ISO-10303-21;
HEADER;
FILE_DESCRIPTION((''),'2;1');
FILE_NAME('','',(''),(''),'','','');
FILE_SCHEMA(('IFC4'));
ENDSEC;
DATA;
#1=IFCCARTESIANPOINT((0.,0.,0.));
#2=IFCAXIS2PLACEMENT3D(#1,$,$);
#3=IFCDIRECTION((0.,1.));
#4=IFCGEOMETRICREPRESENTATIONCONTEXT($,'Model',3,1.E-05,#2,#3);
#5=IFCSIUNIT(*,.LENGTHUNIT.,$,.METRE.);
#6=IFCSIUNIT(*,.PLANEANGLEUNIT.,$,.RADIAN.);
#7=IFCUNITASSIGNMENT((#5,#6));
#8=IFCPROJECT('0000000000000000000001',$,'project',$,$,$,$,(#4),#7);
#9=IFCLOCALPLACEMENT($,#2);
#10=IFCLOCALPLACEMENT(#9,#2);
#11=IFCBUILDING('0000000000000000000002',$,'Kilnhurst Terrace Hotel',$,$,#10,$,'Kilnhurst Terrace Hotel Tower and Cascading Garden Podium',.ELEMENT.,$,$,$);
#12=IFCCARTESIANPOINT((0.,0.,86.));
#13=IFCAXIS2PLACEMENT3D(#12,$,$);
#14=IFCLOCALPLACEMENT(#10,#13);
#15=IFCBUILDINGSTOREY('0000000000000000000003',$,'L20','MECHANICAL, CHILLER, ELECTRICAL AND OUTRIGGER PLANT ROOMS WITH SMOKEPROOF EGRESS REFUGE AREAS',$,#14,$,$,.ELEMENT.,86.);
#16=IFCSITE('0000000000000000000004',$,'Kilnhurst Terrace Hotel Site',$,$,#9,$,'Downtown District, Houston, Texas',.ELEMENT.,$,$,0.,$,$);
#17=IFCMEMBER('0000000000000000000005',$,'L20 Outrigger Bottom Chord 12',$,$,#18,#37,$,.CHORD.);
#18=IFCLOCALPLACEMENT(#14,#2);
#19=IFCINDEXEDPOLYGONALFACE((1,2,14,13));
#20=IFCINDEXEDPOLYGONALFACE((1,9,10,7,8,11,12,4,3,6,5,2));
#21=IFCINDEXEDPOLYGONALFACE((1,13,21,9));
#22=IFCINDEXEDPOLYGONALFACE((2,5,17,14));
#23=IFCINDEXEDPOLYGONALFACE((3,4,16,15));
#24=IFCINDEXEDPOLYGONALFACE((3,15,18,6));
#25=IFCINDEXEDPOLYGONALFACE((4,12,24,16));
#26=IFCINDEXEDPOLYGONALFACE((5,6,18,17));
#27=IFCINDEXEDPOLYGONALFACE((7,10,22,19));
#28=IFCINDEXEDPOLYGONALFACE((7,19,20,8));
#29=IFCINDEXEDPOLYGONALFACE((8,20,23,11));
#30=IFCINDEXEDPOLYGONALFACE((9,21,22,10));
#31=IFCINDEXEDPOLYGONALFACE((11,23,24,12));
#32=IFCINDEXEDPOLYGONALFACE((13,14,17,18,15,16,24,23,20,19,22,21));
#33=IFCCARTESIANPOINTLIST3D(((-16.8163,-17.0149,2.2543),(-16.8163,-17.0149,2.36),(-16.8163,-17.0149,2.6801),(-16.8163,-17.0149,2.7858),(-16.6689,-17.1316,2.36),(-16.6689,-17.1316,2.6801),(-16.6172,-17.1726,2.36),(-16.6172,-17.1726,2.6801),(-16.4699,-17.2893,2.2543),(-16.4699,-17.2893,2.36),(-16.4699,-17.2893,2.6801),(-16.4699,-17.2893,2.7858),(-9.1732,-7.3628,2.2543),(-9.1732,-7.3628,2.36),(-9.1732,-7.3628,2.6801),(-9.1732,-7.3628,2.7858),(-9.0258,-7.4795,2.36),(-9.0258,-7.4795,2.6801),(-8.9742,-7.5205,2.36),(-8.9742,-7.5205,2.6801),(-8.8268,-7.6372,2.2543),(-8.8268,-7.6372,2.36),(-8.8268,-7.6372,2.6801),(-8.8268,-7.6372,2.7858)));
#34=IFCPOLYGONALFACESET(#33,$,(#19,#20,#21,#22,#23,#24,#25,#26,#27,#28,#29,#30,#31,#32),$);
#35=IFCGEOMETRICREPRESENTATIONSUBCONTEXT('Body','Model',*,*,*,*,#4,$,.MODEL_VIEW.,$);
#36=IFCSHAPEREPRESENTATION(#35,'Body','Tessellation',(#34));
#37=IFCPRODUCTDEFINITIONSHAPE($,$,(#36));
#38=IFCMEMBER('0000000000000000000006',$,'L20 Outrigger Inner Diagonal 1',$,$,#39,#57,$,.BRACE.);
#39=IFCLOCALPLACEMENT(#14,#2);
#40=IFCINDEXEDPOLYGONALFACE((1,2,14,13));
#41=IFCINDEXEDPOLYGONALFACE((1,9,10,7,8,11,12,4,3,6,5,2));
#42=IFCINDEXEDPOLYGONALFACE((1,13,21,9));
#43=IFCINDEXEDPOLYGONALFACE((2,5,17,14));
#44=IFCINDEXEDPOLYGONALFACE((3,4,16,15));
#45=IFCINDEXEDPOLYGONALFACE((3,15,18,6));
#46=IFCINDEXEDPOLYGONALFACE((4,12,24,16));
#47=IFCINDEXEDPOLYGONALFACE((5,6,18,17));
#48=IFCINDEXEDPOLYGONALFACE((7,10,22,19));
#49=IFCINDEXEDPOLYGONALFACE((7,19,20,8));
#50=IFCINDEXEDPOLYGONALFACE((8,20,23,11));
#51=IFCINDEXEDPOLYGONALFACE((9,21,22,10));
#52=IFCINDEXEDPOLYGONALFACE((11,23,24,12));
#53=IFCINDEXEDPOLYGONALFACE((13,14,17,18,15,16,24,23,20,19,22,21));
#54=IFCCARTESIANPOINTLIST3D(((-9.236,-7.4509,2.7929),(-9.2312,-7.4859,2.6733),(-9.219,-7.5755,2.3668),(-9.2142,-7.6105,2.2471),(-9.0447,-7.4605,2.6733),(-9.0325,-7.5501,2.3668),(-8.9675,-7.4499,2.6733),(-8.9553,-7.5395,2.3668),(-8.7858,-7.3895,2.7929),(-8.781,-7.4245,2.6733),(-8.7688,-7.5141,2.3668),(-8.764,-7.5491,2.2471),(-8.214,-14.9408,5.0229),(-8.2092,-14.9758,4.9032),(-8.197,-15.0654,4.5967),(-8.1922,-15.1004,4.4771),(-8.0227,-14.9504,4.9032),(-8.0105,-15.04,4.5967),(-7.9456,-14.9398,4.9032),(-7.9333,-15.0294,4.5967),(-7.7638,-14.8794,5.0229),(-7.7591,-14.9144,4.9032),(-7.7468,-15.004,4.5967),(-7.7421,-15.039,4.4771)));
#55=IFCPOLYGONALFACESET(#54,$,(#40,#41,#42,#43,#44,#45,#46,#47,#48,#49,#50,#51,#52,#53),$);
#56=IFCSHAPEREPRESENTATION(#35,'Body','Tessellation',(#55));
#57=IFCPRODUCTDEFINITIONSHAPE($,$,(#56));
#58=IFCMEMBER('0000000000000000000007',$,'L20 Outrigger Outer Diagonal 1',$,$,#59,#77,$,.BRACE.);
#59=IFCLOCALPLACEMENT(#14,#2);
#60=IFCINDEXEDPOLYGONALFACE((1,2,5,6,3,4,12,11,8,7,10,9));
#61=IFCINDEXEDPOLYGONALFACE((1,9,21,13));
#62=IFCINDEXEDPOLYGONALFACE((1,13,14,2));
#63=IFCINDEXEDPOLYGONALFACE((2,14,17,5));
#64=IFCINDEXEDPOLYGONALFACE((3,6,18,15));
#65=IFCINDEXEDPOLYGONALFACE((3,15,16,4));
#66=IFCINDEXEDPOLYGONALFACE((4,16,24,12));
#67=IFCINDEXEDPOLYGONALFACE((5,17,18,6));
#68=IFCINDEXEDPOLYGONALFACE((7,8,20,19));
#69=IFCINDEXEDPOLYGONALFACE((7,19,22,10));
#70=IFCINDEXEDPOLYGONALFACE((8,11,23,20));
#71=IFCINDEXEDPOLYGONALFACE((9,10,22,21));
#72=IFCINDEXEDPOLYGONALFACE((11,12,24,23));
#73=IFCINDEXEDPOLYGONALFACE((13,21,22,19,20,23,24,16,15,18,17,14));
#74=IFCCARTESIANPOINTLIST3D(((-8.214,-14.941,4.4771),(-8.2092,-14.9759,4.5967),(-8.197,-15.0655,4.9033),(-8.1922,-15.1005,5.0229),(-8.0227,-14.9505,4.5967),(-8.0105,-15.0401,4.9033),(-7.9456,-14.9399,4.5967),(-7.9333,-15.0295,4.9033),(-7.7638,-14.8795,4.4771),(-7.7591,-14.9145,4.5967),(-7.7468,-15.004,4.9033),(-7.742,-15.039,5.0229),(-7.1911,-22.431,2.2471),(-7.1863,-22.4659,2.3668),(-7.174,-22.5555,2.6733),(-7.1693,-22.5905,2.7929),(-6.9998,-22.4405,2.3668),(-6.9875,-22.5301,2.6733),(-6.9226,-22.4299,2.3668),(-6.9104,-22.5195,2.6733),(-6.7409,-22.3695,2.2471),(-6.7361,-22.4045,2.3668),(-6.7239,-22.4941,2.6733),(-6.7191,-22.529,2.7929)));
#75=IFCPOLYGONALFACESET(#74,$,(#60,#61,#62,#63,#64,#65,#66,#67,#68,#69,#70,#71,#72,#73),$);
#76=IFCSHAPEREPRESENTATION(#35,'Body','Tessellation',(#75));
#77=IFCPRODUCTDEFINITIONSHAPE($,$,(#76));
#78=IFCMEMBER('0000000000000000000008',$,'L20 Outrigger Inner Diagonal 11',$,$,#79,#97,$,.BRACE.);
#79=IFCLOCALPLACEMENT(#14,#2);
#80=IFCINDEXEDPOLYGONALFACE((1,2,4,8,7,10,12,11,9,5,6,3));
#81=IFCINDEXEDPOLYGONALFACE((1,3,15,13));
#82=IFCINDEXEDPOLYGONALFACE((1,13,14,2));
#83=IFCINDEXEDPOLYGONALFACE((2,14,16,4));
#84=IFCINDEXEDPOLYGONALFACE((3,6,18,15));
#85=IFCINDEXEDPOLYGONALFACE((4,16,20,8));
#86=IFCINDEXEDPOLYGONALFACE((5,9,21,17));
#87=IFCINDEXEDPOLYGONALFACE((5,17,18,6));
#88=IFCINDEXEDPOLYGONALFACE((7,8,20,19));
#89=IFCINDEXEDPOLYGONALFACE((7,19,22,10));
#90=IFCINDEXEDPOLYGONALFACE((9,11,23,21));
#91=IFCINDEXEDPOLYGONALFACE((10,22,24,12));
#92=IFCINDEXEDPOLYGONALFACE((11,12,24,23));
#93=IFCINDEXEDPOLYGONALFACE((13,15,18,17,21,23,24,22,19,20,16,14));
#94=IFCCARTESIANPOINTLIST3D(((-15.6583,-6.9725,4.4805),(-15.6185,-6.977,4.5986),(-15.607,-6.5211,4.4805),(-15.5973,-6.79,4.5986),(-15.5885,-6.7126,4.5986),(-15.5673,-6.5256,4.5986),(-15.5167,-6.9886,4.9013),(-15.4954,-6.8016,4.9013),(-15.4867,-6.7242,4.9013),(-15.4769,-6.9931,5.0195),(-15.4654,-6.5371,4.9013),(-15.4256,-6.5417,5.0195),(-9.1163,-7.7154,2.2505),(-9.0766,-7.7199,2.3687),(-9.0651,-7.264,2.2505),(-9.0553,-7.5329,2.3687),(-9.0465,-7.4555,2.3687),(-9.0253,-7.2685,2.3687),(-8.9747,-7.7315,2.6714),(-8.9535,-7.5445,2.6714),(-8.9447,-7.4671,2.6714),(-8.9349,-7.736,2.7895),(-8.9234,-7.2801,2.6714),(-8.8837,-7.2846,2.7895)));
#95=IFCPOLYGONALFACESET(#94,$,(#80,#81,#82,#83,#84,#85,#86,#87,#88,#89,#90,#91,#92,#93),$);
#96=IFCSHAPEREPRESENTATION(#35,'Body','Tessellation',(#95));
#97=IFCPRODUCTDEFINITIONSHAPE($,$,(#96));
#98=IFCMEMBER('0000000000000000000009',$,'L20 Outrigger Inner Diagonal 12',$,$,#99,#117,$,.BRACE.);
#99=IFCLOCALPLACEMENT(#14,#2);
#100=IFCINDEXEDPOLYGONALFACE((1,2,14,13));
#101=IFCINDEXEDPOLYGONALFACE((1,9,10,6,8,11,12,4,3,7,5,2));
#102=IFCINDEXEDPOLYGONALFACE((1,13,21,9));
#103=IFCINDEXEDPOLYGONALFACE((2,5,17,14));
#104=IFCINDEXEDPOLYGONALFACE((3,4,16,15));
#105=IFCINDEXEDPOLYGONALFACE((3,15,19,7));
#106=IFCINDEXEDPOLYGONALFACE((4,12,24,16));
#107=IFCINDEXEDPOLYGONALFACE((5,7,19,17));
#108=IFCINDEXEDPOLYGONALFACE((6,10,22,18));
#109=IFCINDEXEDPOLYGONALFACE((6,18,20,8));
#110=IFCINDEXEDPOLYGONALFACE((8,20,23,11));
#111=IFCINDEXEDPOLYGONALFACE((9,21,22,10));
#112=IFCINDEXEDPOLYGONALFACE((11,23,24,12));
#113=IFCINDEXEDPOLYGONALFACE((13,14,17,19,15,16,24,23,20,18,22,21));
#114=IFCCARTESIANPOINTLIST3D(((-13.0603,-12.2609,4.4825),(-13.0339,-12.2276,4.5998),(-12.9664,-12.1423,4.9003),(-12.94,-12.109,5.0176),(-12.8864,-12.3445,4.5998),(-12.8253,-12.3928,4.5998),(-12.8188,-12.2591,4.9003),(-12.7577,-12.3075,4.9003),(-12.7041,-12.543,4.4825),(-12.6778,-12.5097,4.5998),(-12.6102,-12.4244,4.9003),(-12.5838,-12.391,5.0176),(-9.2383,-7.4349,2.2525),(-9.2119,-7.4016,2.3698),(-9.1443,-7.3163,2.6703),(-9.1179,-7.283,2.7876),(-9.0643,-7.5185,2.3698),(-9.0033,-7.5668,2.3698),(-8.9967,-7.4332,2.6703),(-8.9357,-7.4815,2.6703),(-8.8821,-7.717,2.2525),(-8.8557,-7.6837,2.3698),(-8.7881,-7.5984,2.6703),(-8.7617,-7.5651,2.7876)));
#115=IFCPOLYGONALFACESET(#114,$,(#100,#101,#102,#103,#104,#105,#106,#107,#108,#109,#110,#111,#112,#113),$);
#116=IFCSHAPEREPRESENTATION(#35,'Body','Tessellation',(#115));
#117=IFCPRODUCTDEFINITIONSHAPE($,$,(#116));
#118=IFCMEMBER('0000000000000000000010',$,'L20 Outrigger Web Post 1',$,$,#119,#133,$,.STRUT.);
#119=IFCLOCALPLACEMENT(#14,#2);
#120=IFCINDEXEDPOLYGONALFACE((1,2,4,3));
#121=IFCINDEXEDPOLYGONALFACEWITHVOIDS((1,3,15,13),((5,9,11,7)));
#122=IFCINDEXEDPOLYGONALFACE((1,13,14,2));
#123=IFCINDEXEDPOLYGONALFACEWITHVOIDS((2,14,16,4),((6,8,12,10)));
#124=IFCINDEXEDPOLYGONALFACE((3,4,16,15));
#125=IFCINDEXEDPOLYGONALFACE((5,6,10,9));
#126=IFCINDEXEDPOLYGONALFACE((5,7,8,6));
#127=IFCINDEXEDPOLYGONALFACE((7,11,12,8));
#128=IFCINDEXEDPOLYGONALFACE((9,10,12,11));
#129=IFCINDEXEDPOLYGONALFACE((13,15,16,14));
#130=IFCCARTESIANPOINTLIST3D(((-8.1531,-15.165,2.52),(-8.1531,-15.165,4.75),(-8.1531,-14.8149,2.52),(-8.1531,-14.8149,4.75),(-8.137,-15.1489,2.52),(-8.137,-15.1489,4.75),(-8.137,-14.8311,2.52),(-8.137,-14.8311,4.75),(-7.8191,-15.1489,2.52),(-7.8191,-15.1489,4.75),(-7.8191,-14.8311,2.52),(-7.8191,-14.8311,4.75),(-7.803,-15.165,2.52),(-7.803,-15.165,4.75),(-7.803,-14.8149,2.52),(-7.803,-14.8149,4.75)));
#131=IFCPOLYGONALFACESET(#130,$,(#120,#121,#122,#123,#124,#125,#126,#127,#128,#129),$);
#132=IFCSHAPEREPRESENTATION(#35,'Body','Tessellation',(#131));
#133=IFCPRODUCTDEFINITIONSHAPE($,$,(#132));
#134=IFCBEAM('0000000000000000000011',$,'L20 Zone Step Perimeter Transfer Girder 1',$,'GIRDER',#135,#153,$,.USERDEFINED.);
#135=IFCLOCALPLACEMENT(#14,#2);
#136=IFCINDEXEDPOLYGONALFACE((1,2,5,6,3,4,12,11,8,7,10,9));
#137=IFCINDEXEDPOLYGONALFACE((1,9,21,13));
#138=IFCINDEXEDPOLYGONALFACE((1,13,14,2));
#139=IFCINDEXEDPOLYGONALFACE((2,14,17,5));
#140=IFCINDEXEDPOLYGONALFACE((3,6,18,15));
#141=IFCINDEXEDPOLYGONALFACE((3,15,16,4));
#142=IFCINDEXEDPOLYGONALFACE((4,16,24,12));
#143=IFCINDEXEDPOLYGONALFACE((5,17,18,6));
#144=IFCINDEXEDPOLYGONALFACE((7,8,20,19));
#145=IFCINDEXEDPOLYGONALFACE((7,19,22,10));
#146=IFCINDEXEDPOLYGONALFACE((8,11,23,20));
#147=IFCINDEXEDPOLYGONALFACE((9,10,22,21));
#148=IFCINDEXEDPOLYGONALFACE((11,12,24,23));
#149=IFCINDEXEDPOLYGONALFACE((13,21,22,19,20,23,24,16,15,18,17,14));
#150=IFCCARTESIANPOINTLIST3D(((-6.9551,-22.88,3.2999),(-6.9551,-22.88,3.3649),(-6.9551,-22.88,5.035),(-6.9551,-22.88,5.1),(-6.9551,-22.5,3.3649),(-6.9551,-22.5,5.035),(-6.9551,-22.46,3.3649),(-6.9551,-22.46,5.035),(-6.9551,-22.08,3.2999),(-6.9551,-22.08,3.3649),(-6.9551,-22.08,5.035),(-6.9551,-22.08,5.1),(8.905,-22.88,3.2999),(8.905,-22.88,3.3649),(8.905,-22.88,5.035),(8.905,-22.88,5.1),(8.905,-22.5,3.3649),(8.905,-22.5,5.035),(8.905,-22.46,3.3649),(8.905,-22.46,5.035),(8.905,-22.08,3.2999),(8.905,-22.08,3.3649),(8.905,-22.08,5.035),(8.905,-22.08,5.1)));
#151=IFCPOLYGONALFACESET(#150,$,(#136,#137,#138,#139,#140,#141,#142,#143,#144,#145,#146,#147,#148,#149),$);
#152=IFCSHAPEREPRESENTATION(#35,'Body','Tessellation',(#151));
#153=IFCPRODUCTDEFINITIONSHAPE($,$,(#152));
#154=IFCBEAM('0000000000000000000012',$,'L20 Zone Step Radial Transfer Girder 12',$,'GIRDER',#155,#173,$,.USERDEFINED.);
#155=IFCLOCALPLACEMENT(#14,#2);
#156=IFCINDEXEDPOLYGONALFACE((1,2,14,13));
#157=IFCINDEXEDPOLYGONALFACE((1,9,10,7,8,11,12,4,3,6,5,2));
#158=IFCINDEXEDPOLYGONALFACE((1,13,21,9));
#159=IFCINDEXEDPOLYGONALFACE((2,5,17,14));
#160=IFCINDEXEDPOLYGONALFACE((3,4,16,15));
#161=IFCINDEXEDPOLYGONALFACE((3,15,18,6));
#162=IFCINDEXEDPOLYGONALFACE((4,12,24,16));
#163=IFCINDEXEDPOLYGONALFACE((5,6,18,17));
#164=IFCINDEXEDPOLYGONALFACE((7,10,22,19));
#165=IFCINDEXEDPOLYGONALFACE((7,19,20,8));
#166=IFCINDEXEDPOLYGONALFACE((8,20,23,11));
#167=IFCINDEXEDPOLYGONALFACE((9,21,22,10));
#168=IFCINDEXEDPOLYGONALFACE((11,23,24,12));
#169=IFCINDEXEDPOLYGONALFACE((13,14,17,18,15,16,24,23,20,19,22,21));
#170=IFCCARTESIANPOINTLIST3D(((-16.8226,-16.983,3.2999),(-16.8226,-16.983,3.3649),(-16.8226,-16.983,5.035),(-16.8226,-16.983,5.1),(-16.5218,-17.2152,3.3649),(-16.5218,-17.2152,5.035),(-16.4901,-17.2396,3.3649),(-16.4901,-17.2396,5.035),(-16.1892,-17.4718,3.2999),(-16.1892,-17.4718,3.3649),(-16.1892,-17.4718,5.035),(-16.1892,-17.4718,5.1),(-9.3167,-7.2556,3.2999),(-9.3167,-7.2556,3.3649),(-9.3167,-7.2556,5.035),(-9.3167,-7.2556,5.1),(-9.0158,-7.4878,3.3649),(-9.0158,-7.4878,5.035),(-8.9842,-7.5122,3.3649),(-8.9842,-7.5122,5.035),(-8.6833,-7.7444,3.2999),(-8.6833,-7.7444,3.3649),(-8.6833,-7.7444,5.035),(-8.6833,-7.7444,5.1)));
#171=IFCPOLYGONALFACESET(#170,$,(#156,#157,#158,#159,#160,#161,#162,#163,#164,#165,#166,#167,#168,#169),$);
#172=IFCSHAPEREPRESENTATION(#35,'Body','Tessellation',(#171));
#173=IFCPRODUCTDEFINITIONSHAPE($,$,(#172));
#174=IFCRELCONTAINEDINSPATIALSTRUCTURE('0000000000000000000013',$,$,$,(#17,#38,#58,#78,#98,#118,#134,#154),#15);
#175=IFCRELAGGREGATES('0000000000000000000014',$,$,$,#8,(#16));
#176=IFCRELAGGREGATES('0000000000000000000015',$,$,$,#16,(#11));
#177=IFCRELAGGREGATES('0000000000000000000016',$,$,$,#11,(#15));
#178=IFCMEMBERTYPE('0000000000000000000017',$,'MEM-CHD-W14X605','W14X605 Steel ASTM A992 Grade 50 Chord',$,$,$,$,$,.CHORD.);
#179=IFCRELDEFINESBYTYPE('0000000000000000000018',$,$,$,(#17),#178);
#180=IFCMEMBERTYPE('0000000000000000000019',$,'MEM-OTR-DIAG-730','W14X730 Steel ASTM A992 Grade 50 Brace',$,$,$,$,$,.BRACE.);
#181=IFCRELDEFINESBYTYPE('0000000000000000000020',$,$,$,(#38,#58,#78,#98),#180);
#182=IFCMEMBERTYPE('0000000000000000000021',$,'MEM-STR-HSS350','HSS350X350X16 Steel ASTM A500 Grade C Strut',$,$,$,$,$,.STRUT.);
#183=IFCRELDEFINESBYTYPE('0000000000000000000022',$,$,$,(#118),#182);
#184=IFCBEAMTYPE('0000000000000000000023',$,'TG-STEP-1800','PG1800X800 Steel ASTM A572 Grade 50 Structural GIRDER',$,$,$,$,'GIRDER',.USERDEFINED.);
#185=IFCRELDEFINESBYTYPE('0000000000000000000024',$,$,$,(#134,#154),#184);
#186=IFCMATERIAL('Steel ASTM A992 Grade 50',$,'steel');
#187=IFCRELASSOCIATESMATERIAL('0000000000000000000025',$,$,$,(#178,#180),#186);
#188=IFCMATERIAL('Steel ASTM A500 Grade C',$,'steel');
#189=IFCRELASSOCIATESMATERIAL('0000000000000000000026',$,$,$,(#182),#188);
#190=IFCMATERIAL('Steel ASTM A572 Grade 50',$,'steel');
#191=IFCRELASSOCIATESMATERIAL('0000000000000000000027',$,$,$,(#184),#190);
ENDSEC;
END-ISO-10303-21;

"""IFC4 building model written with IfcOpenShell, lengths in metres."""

from ifc_helpers import new_model, si_unit, direction, frame, origin, origin_2d, place, context, subcontext, project, spatial, hollow_rectangle, i_section, extrude, material, material_profile, profile_set, type_object, element, save


model = new_model("IFC4")

# Units and contexts
model_context = context("Model", 3, precision=1e-05, world=origin(), true_north=direction((0.0, 1.0)))
body_context = subcontext(model_context, "Body", "Model", "MODEL_VIEW")
ifc_project = project(units=[si_unit("LENGTHUNIT", "METRE"), si_unit("PLANEANGLEUNIT", "RADIAN")], contexts=[model_context])

# Site, building, storey
site_placement = place(None, origin())
site = spatial("IfcSite", under=ifc_project, at=site_placement, Name="Kilnhurst Terrace Hotel Site", LongName="Downtown District, Houston, Texas", CompositionType="ELEMENT", RefElevation=0.0)
building_placement = place(site_placement, origin())
building = spatial("IfcBuilding", under=site, at=building_placement, Name="Kilnhurst Terrace Hotel", LongName="Kilnhurst Terrace Hotel Tower and Cascading Garden Podium", CompositionType="ELEMENT")
storey_placement = place(building_placement, frame((0.0, 0.0, 86.0)))
storey = spatial("IfcBuildingStorey", under=building, at=storey_placement, Name="L20", Description="MECHANICAL, CHILLER, ELECTRICAL AND OUTRIGGER PLANT ROOMS WITH SMOKEPROOF EGRESS REFUGE AREAS", CompositionType="ELEMENT", Elevation=86.0)

# Shared definitions
ifc_material_1 = material(Name="Steel ASTM A992 Grade 50", Category="steel")

# Members
ifc_material_profile_1 = material_profile(ifc_material_1, i_section(OverallWidth=0.4419, OverallDepth=0.5315, WebThickness=0.0659, FlangeThickness=0.1057, at=origin_2d()), Name="W14X605")
ifc_profile_set_1 = profile_set([ifc_material_profile_1], Name="Steel ASTM A992 Grade 50")
member_type_1 = type_object("IfcMemberType", Name="MEM-CHD-W14X605", Description="W14X605 Steel ASTM A992 Grade 50 Chord", PredefinedType="CHORD", material=ifc_profile_set_1)
member_1_placement = place(storey_placement, frame((-9.0, -7.5, 2.52), z_axis=(-0.620794, -0.783974, 0.0), x_axis=(0.783974, -0.620794, 0.0)))
element("IfcMember", 1, at=member_1_placement, inside=storey, type_object=member_type_1, Name="L20 Outrigger Bottom Chord 12", PredefinedType="CHORD", context=body_context, shape_type="SweptSolid", body=[
    extrude(i_section(OverallWidth=0.4419, OverallDepth=0.5315, WebThickness=0.0659, FlangeThickness=0.1057, at=origin_2d()), origin(), (0.0, 0.0, 1.0), 12.3118),
])
ifc_material_profile_2 = material_profile(ifc_material_1, i_section(OverallWidth=0.4543, OverallDepth=0.5691, WebThickness=0.0779, FlangeThickness=0.1248, at=origin_2d()), Name="W14X730")
ifc_profile_set_2 = profile_set([ifc_material_profile_2], Name="Steel ASTM A992 Grade 50")
member_type_2 = type_object("IfcMemberType", Name="MEM-OTR-DIAG-730", Description="W14X730 Steel ASTM A992 Grade 50 Brace", PredefinedType="BRACE", material=ifc_profile_set_2)
member_2_placement = place(storey_placement, frame((-9.0, -7.5, 2.52), z_axis=(0.129668, -0.950332, 0.282941), x_axis=(0.990819, 0.135192, 0.0)))
element("IfcMember", 2, at=member_2_placement, inside=storey, type_object=member_type_2, Name="L20 Outrigger Inner Diagonal 1", PredefinedType="BRACE", context=body_context, shape_type="SweptSolid", body=[
    extrude(i_section(OverallWidth=0.4543, OverallDepth=0.5691, WebThickness=0.0779, FlangeThickness=0.1248, at=origin_2d()), origin(), (0.0, 0.0, 1.0), 7.8813),
])
member_3_placement = place(storey_placement, frame((-7.978, -14.99, 4.75), z_axis=(0.12979, -0.950317, -0.282936), x_axis=(0.990802, 0.135319, 0.0)))
element("IfcMember", 3, at=member_3_placement, inside=storey, type_object=member_type_2, Name="L20 Outrigger Outer Diagonal 1", PredefinedType="BRACE", context=body_context, shape_type="SweptSolid", body=[
    extrude(i_section(OverallWidth=0.4543, OverallDepth=0.5691, WebThickness=0.0779, FlangeThickness=0.1248, at=origin_2d()), origin(), (0.0, 0.0, 1.0), 7.8816),
])
member_4_placement = place(storey_placement, frame((-9.0, -7.5, 2.52), z_axis=(-0.9411, 0.106873, 0.320794), x_axis=(-0.112836, -0.993614, 0.0)))
element("IfcMember", 4, at=member_4_placement, inside=storey, type_object=member_type_2, Name="L20 Outrigger Inner Diagonal 11", PredefinedType="BRACE", context=body_context, shape_type="SweptSolid", body=[
    extrude(i_section(OverallWidth=0.4543, OverallDepth=0.5691, WebThickness=0.0779, FlangeThickness=0.1248, at=origin_2d()), origin(), (0.0, 0.0, 1.0), 6.9514),
])
member_5_placement = place(storey_placement, frame((-9.0, -7.5, 2.52), z_axis=(-0.583734, -0.73706, 0.340583), x_axis=(0.783928, -0.620852, 0.0)))
element("IfcMember", 5, at=member_5_placement, inside=storey, type_object=member_type_2, Name="L20 Outrigger Inner Diagonal 12", PredefinedType="BRACE", context=body_context, shape_type="SweptSolid", body=[
    extrude(i_section(OverallWidth=0.4543, OverallDepth=0.5691, WebThickness=0.0779, FlangeThickness=0.1248, at=origin_2d()), origin(), (0.0, 0.0, 1.0), 6.5476),
])
ifc_material_2 = material(Name="Steel ASTM A500 Grade C", Category="steel")
ifc_material_profile_3 = material_profile(ifc_material_2, hollow_rectangle(XDim=0.3501, YDim=0.3501, WallThickness=0.0161, at=origin_2d()), Name="HSS350X350X16")
ifc_profile_set_3 = profile_set([ifc_material_profile_3], Name="Steel ASTM A500 Grade C")
member_type_3 = type_object("IfcMemberType", Name="MEM-STR-HSS350", Description="HSS350X350X16 Steel ASTM A500 Grade C Strut", PredefinedType="STRUT", material=ifc_profile_set_3)
member_6_placement = place(storey_placement, frame((-7.978, -14.99, 2.52), z_axis=(0.0, 0.0, 1.0), x_axis=(1.0, 0.0, 0.0)))
element("IfcMember", 6, at=member_6_placement, inside=storey, type_object=member_type_3, Name="L20 Outrigger Web Post 1", PredefinedType="STRUT", context=body_context, shape_type="SweptSolid", body=[
    extrude(hollow_rectangle(XDim=0.3501, YDim=0.3501, WallThickness=0.0161, at=origin_2d()), origin(), (0.0, 0.0, 1.0), 2.23),
])

# Beams
ifc_material_3 = material(Name="Steel ASTM A572 Grade 50", Category="steel")
ifc_material_profile_4 = material_profile(ifc_material_3, i_section(OverallWidth=0.8, OverallDepth=1.8, WebThickness=0.04, FlangeThickness=0.0649, at=origin_2d()), Name="PG1800X800")
ifc_profile_set_4 = profile_set([ifc_material_profile_4], Name="Steel ASTM A572 Grade 50")
beam_type_1 = type_object("IfcBeamType", Name="TG-STEP-1800", Description="PG1800X800 Steel ASTM A572 Grade 50 Structural GIRDER", ElementType="GIRDER", PredefinedType="USERDEFINED", material=ifc_profile_set_4)
beam_1_placement = place(storey_placement, frame((-6.9551, -22.48, 4.2), z_axis=(1.0, 0.0, 0.0), x_axis=(0.0, 1.0, 0.0)))
element("IfcBeam", 7, at=beam_1_placement, inside=storey, type_object=beam_type_1, Name="L20 Zone Step Perimeter Transfer Girder 1", ObjectType="GIRDER", PredefinedType="USERDEFINED", context=body_context, shape_type="SweptSolid", body=[
    extrude(i_section(OverallWidth=0.8, OverallDepth=1.8, WebThickness=0.04, FlangeThickness=0.0649, at=origin_2d()), origin(), (0.0, 0.0, 1.0), 15.8601),
])
beam_2_placement = place(storey_placement, frame((-9.0, -7.5, 4.2), z_axis=(-0.610903, -0.791706, 0.0), x_axis=(0.791706, -0.610903, 0.0)))
element("IfcBeam", 8, at=beam_2_placement, inside=storey, type_object=beam_type_1, Name="L20 Zone Step Radial Transfer Girder 12", ObjectType="GIRDER", PredefinedType="USERDEFINED", context=body_context, shape_type="SweptSolid", body=[
    extrude(i_section(OverallWidth=0.8, OverallDepth=1.8, WebThickness=0.04, FlangeThickness=0.0649, at=origin_2d()), origin(), (0.0, 0.0, 1.0), 12.2866),
])

save(model, "model.ifc")
